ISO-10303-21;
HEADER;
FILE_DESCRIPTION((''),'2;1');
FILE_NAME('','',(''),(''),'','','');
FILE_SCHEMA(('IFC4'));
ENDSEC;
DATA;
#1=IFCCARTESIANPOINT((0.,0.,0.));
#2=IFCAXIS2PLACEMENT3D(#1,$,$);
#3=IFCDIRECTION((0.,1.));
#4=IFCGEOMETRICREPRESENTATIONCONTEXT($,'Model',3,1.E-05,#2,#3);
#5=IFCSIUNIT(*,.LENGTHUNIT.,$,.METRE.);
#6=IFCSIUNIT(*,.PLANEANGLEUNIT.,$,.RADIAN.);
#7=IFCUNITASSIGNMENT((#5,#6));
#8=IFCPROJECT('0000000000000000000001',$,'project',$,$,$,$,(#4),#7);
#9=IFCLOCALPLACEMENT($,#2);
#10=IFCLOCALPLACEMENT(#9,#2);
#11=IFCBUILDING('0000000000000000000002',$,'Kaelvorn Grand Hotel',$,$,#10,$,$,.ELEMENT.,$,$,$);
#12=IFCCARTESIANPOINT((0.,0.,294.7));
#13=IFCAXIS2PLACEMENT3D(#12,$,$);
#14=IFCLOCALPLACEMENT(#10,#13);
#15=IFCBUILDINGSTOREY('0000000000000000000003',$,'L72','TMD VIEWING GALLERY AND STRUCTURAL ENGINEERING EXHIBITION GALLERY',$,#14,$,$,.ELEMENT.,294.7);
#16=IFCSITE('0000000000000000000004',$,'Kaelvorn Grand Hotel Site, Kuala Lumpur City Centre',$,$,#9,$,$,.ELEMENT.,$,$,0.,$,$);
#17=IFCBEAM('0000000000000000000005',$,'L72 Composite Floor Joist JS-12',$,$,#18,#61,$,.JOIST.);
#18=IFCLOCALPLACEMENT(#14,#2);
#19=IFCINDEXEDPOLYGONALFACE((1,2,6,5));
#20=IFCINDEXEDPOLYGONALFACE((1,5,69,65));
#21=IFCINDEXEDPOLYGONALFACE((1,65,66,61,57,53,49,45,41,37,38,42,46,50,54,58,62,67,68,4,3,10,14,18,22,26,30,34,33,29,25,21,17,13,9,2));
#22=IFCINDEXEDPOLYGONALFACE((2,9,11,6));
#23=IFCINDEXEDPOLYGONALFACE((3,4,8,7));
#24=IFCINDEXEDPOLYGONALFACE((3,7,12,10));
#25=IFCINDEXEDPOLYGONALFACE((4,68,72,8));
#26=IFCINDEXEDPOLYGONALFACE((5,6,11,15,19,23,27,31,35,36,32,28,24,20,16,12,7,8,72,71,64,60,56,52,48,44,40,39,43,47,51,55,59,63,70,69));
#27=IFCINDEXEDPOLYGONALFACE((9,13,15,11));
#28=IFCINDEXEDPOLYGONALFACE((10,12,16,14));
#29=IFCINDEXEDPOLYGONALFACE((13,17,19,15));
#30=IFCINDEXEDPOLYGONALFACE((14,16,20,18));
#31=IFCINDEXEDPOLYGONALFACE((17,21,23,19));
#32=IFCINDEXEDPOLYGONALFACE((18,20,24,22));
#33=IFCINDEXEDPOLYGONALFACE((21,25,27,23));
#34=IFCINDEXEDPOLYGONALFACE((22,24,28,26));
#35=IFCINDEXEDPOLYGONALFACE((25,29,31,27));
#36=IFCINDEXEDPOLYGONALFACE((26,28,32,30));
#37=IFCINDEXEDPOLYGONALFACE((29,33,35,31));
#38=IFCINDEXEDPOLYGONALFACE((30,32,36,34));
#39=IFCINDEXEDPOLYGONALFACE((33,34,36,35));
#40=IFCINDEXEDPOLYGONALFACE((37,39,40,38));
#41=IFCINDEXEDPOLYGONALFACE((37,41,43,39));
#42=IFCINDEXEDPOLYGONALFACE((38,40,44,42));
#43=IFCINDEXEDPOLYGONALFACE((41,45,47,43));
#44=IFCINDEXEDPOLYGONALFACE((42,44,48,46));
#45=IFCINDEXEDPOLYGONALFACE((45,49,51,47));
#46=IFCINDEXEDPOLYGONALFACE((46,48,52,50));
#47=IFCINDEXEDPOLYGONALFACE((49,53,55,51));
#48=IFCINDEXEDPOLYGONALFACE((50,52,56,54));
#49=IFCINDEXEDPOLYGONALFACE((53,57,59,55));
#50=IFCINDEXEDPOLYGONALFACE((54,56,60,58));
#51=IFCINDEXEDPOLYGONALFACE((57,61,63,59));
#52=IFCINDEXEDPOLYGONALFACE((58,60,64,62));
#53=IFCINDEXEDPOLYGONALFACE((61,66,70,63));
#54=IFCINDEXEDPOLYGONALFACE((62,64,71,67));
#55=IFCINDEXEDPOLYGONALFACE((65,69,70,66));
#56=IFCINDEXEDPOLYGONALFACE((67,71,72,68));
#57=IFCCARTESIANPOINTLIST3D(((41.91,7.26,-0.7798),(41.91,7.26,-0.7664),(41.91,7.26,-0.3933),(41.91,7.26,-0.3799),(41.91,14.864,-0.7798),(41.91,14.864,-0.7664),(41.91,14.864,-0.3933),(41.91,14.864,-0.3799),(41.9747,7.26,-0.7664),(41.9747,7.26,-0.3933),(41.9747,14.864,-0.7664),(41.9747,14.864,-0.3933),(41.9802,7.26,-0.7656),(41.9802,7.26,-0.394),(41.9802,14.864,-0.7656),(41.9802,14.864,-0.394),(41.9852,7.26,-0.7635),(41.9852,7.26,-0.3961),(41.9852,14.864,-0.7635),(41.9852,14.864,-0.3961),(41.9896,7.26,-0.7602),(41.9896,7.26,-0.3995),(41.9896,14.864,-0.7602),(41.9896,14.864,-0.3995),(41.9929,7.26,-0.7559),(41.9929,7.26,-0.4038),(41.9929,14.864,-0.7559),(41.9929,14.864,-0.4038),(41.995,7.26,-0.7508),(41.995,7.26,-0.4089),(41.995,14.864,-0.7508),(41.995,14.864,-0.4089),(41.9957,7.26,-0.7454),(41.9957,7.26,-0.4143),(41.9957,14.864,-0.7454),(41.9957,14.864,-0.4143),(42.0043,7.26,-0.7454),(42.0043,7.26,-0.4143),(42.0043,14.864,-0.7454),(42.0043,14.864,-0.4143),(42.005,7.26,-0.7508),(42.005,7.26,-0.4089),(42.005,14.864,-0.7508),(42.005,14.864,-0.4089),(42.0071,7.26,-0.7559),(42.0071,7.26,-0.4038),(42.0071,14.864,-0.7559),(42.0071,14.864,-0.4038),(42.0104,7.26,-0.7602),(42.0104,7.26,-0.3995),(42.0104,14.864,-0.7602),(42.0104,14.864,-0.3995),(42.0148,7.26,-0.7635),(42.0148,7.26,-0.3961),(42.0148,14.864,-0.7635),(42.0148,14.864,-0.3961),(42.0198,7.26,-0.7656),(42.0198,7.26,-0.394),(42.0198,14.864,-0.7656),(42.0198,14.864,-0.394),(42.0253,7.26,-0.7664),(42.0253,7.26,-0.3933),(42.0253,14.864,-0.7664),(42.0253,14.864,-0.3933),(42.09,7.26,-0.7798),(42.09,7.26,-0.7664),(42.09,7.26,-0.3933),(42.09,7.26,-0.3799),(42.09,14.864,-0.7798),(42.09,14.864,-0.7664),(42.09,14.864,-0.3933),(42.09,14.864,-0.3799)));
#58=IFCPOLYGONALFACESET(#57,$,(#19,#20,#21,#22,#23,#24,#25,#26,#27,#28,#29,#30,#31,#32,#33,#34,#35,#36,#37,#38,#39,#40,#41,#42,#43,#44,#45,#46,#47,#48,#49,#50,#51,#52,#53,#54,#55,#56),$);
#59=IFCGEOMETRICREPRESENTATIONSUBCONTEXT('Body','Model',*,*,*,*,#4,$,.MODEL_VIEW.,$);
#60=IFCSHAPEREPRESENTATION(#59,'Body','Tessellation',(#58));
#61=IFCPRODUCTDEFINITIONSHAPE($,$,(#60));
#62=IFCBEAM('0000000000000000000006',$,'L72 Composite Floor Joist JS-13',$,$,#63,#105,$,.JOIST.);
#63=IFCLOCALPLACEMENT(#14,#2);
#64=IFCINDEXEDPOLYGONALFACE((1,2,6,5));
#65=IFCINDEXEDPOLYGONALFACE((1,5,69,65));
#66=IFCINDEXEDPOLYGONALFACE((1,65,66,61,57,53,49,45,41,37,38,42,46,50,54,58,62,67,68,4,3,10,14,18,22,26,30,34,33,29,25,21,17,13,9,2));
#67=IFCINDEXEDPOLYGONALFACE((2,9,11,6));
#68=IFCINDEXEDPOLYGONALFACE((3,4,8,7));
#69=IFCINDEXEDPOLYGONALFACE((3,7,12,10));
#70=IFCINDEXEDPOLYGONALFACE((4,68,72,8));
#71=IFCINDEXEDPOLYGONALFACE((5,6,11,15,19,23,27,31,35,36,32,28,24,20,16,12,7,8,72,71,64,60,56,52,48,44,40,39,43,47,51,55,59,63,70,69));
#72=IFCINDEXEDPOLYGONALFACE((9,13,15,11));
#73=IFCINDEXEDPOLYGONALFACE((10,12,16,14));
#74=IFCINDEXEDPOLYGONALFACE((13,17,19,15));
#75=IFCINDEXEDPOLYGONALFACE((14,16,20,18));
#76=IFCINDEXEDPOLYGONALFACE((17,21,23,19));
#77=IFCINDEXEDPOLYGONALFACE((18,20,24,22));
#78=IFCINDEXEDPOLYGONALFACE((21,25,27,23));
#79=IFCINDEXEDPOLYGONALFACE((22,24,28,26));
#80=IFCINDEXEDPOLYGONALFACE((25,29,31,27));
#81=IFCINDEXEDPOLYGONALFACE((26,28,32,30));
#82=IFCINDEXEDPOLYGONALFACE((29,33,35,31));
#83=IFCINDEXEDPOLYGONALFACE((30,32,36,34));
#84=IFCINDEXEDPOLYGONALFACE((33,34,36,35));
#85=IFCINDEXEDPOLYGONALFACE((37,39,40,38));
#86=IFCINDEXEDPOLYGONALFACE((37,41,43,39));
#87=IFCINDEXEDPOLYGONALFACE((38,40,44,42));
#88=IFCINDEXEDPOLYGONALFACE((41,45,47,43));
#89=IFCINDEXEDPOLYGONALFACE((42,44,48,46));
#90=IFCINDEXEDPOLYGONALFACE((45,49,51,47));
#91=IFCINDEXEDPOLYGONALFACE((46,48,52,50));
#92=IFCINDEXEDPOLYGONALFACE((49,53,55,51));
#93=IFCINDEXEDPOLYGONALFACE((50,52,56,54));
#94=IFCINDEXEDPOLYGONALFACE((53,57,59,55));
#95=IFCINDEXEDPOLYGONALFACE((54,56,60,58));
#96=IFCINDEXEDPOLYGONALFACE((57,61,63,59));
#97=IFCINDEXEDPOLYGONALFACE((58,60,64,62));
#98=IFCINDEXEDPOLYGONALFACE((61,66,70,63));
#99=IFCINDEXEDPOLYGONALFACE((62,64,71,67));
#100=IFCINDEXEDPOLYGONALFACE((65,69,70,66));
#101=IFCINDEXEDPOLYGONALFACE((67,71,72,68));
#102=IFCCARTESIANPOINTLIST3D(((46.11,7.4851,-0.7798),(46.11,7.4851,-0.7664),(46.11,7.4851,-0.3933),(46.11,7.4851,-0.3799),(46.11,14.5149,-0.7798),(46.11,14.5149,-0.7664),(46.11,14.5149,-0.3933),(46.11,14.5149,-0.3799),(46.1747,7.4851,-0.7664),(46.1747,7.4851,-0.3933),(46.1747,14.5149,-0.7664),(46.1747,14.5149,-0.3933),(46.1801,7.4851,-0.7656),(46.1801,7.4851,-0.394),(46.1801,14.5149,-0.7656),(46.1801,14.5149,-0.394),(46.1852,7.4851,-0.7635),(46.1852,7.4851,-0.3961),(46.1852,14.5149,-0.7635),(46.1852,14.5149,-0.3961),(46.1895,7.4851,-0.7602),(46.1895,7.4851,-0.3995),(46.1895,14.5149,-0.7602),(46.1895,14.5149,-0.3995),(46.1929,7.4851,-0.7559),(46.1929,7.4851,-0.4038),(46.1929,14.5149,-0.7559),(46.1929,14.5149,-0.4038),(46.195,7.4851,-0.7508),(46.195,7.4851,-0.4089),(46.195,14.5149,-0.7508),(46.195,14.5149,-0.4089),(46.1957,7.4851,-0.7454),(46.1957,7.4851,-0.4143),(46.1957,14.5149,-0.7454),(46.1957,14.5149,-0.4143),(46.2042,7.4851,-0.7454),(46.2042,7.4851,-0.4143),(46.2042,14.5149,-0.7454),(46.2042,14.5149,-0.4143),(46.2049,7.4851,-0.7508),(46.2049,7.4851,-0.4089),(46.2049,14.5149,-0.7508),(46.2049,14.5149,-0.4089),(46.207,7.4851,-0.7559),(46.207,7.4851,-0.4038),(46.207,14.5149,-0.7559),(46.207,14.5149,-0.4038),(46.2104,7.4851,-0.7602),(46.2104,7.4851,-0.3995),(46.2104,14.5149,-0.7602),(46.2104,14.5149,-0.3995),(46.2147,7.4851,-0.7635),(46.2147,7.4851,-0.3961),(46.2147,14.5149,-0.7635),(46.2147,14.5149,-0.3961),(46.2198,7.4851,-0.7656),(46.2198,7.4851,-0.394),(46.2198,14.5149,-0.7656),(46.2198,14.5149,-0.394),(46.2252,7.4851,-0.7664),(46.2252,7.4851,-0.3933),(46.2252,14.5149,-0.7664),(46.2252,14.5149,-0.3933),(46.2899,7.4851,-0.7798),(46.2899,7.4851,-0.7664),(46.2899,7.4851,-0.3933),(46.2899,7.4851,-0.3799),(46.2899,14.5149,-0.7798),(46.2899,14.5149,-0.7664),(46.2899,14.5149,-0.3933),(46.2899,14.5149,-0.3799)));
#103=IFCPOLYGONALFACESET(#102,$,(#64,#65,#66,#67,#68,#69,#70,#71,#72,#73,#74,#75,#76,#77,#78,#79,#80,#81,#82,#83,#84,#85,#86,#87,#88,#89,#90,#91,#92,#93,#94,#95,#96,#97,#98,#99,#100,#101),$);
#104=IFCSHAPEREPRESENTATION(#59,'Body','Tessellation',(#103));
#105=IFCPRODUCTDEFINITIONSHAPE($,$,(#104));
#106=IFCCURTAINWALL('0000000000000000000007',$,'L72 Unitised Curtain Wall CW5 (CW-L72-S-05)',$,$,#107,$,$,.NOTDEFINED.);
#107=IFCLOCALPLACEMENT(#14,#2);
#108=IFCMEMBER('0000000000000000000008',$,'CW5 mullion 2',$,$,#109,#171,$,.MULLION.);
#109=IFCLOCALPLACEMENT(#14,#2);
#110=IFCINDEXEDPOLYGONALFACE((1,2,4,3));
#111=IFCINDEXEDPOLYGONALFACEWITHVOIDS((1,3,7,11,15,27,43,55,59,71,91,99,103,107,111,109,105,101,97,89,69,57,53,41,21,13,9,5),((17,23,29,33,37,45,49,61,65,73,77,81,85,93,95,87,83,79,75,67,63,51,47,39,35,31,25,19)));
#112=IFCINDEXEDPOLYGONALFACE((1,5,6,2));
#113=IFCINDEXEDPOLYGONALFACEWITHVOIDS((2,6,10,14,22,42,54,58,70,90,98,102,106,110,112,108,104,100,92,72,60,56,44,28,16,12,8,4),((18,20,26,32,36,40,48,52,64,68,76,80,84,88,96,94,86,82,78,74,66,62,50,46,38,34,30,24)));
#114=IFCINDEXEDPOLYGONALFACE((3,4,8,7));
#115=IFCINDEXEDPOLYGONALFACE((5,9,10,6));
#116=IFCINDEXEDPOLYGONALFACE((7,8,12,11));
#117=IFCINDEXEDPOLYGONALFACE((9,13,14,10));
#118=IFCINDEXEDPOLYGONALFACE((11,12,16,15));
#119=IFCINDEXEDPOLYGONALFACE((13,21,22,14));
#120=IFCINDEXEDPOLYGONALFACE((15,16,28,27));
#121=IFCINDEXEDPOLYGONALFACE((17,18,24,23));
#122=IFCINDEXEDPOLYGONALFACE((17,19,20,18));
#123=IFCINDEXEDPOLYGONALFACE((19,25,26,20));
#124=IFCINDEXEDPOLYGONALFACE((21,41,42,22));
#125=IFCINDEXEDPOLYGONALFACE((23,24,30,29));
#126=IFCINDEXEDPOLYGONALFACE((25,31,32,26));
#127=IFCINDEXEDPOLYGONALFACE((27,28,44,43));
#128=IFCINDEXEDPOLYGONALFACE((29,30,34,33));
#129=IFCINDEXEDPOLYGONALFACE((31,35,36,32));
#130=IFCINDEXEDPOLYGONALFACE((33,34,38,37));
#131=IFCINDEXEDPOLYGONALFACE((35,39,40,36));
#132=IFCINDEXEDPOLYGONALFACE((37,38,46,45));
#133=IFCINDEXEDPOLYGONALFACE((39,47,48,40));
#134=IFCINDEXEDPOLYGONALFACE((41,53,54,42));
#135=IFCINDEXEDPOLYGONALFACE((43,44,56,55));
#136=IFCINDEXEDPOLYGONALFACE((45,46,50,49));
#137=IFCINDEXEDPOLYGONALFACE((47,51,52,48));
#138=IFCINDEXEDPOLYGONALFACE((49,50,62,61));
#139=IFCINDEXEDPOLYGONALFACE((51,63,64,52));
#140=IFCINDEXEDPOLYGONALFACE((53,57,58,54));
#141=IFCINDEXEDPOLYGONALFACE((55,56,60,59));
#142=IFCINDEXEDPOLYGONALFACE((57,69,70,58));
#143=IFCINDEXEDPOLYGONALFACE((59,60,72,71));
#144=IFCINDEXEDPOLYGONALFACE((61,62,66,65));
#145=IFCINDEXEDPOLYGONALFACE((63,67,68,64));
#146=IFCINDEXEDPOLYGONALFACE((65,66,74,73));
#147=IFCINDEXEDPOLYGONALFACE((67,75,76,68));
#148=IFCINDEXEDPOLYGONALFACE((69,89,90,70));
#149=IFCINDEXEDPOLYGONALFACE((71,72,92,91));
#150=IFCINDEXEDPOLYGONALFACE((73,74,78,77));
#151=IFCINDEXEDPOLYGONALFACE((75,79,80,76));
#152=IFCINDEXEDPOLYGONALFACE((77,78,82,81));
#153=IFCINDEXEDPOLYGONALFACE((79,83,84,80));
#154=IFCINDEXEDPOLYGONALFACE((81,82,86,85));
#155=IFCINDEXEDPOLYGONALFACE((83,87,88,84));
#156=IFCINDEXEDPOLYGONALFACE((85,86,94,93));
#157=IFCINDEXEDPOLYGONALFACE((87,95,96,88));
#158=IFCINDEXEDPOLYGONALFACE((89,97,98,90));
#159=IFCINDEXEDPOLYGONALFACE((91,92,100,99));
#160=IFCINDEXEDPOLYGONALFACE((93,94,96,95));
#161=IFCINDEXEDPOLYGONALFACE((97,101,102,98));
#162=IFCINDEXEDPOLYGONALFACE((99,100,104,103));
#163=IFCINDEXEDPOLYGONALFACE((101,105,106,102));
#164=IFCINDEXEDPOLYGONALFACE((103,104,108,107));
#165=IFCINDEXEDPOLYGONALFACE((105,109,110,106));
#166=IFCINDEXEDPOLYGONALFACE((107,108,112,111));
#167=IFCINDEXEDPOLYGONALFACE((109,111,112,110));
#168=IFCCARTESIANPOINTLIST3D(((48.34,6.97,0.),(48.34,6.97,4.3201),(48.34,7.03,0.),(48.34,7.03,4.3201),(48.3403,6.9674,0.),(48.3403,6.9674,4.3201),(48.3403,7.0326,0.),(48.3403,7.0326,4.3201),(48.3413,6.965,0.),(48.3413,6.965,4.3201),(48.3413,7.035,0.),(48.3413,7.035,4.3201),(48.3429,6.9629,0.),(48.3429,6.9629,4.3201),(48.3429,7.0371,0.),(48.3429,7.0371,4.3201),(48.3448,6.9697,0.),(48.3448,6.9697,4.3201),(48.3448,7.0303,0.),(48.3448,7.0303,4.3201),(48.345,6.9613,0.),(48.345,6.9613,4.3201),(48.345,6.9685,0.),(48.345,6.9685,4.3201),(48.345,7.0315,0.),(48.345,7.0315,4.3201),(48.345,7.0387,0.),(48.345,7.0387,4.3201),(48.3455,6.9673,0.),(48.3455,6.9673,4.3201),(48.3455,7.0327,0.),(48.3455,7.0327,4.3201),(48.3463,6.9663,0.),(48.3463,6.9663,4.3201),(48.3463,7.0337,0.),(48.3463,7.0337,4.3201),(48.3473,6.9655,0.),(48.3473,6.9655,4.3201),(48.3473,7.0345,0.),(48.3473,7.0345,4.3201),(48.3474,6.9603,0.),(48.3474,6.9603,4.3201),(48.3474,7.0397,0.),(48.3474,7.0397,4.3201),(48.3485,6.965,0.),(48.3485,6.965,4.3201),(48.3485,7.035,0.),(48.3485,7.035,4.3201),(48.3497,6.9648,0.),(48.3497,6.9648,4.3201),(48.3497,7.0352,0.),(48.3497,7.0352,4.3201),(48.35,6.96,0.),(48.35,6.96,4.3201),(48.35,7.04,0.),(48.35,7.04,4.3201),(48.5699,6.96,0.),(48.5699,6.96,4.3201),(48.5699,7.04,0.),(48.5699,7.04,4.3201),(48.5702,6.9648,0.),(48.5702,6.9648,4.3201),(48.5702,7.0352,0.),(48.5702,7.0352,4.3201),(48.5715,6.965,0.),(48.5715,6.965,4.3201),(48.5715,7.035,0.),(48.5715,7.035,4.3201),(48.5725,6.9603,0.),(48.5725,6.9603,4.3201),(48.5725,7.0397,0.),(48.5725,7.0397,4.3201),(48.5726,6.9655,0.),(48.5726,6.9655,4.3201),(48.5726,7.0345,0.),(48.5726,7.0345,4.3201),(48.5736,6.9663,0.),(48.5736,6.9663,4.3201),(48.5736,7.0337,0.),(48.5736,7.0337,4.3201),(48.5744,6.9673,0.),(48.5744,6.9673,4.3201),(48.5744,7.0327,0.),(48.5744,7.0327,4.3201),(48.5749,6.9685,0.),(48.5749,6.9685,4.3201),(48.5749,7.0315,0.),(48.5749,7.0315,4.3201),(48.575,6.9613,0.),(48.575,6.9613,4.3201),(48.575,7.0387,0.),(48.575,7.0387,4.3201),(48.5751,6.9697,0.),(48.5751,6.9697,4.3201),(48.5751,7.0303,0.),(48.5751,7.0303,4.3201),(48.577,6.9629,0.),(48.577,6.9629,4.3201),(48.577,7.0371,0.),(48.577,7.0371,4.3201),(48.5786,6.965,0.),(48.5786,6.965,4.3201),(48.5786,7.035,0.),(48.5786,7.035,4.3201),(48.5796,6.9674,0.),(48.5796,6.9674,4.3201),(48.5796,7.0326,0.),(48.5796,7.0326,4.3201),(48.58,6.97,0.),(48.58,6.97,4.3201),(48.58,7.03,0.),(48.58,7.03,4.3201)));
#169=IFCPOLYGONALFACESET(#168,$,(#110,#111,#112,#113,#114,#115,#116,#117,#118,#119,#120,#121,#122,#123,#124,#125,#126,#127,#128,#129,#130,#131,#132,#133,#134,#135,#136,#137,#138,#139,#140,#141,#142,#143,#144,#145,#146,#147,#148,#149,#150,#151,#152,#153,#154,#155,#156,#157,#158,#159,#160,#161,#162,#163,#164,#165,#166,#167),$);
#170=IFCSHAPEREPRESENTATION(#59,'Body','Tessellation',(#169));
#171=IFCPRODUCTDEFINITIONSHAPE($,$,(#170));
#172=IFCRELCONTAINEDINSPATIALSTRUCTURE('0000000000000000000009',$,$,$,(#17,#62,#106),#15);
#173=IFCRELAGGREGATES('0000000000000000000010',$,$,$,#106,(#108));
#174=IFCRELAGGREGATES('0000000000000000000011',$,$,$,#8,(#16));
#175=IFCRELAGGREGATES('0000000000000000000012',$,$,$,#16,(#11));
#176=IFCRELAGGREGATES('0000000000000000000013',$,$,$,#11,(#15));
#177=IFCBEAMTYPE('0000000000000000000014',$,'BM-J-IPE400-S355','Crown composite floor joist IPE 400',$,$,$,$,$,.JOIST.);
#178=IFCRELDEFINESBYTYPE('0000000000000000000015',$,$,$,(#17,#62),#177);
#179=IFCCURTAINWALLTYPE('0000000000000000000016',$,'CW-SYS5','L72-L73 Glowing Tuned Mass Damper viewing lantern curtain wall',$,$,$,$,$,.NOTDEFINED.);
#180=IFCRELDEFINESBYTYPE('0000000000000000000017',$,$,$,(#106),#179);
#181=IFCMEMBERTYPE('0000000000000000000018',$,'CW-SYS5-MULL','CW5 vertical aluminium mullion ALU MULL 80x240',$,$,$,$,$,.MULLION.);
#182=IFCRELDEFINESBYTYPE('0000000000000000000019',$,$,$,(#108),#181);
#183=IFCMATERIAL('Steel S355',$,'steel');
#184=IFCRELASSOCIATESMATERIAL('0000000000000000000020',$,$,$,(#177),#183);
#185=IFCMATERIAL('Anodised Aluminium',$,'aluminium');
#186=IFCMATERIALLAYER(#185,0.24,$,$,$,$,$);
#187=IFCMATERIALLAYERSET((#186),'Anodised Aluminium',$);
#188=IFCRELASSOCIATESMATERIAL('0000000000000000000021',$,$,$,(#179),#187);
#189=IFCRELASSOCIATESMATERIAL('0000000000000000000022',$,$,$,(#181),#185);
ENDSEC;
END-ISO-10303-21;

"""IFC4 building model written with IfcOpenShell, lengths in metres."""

from ifc_helpers import new_model, si_unit, direction, frame, origin, origin_2d, place, context, subcontext, project, spatial, hollow_rectangle, i_section, extrude, material, layer, layer_set, material_profile, profile_set, type_object, element, aggregate, save


model = new_model("IFC4")

# Units and contexts
model_context = context("Model", 3, precision=1e-05, world=origin(), true_north=direction((0.0, 1.0)))
body_context = subcontext(model_context, "Body", "Model", "MODEL_VIEW")
ifc_project = project(units=[si_unit("LENGTHUNIT", "METRE"), si_unit("PLANEANGLEUNIT", "RADIAN")], contexts=[model_context])

# Site, building, storey
site_placement = place(None, origin())
site = spatial("IfcSite", under=ifc_project, at=site_placement, Name="Kaelvorn Grand Hotel Site, Kuala Lumpur City Centre", CompositionType="ELEMENT", RefElevation=0.0)
building_placement = place(site_placement, origin())
building = spatial("IfcBuilding", under=site, at=building_placement, Name="Kaelvorn Grand Hotel", CompositionType="ELEMENT")
storey_placement = place(building_placement, frame((0.0, 0.0, 294.7)))
storey = spatial("IfcBuildingStorey", under=building, at=storey_placement, Name="L72", Description="TMD VIEWING GALLERY AND STRUCTURAL ENGINEERING EXHIBITION GALLERY", CompositionType="ELEMENT", Elevation=294.7)

# Beams
ifc_material_1 = material(Name="Steel S355", Category="steel")
ifc_material_profile_1 = material_profile(ifc_material_1, i_section(OverallWidth=0.1799, OverallDepth=0.3999, WebThickness=0.0085, FlangeThickness=0.0134, FilletRadius=0.021, at=origin_2d()), Name="IPE 400")
ifc_profile_set_1 = profile_set([ifc_material_profile_1], Name="Steel S355")
beam_type_1 = type_object("IfcBeamType", Name="BM-J-IPE400-S355", Description="Crown composite floor joist IPE 400", PredefinedType="JOIST", material=ifc_profile_set_1)
beam_1_placement = place(storey_placement, frame((42.0, 7.26, -0.5798), z_axis=(0.0, 1.0, 0.0), x_axis=(-1.0, 0.0, 0.0)))
element("IfcBeam", 1, at=beam_1_placement, inside=storey, type_object=beam_type_1, Name="L72 Composite Floor Joist JS-12", PredefinedType="JOIST", context=body_context, shape_type="SweptSolid", body=[
    extrude(i_section(OverallWidth=0.1799, OverallDepth=0.3999, WebThickness=0.0085, FlangeThickness=0.0134, FilletRadius=0.021, at=origin_2d()), origin(), (0.0, 0.0, 1.0), 7.604),
])
beam_2_placement = place(storey_placement, frame((46.2, 7.4851, -0.5798), z_axis=(0.0, 1.0, 0.0), x_axis=(-1.0, 0.0, 0.0)))
element("IfcBeam", 2, at=beam_2_placement, inside=storey, type_object=beam_type_1, Name="L72 Composite Floor Joist JS-13", PredefinedType="JOIST", context=body_context, shape_type="SweptSolid", body=[
    extrude(i_section(OverallWidth=0.1799, OverallDepth=0.3999, WebThickness=0.0085, FlangeThickness=0.0134, FilletRadius=0.021, at=origin_2d()), origin(), (0.0, 0.0, 1.0), 7.0298),
])

# Curtain wall, member
ifc_material_2 = material(Name="Anodised Aluminium", Category="aluminium")
ifc_layer_1 = layer(ifc_material_2, 0.24)
ifc_layer_set_1 = layer_set([ifc_layer_1], Name="Anodised Aluminium")
curtain_wall_type = type_object("IfcCurtainWallType", Name="CW-SYS5", Description="L72-L73 Glowing Tuned Mass Damper viewing lantern curtain wall", PredefinedType="NOTDEFINED", material=ifc_layer_set_1)
curtain_wall_placement = place(storey_placement, origin())
curtain_wall = element("IfcCurtainWall", 3, at=curtain_wall_placement, inside=storey, type_object=curtain_wall_type, Name="L72 Unitised Curtain Wall CW5 (CW-L72-S-05)", PredefinedType="NOTDEFINED")
ifc_material_profile_2 = material_profile(ifc_material_2, hollow_rectangle(XDim=0.0801, YDim=0.24, WallThickness=0.0049, InnerFilletRadius=0.0049, OuterFilletRadius=0.01, at=origin_2d()), Name="ALU MULL 80x240")
ifc_profile_set_2 = profile_set([ifc_material_profile_2], Name="Anodised Aluminium")
member_type_1 = type_object("IfcMemberType", Name="CW-SYS5-MULL", Description="CW5 vertical aluminium mullion ALU MULL 80x240", PredefinedType="MULLION", material=ifc_profile_set_2)
member_1_placement = place(storey_placement, frame((48.46, 7.0, 0.0), z_axis=(0.0, 0.0, 1.0), x_axis=(0.0, 1.0, 0.0)))
member_1 = element("IfcMember", 4, at=member_1_placement, type_object=member_type_1, Name="CW5 mullion 2", PredefinedType="MULLION", context=body_context, shape_type="SweptSolid", body=[
    extrude(hollow_rectangle(XDim=0.0801, YDim=0.24, WallThickness=0.0049, InnerFilletRadius=0.0049, OuterFilletRadius=0.01, at=origin_2d()), origin(), (0.0, 0.0, 1.0), 4.3201),
])

aggregate(curtain_wall, [member_1])

save(model, "model.ifc")
